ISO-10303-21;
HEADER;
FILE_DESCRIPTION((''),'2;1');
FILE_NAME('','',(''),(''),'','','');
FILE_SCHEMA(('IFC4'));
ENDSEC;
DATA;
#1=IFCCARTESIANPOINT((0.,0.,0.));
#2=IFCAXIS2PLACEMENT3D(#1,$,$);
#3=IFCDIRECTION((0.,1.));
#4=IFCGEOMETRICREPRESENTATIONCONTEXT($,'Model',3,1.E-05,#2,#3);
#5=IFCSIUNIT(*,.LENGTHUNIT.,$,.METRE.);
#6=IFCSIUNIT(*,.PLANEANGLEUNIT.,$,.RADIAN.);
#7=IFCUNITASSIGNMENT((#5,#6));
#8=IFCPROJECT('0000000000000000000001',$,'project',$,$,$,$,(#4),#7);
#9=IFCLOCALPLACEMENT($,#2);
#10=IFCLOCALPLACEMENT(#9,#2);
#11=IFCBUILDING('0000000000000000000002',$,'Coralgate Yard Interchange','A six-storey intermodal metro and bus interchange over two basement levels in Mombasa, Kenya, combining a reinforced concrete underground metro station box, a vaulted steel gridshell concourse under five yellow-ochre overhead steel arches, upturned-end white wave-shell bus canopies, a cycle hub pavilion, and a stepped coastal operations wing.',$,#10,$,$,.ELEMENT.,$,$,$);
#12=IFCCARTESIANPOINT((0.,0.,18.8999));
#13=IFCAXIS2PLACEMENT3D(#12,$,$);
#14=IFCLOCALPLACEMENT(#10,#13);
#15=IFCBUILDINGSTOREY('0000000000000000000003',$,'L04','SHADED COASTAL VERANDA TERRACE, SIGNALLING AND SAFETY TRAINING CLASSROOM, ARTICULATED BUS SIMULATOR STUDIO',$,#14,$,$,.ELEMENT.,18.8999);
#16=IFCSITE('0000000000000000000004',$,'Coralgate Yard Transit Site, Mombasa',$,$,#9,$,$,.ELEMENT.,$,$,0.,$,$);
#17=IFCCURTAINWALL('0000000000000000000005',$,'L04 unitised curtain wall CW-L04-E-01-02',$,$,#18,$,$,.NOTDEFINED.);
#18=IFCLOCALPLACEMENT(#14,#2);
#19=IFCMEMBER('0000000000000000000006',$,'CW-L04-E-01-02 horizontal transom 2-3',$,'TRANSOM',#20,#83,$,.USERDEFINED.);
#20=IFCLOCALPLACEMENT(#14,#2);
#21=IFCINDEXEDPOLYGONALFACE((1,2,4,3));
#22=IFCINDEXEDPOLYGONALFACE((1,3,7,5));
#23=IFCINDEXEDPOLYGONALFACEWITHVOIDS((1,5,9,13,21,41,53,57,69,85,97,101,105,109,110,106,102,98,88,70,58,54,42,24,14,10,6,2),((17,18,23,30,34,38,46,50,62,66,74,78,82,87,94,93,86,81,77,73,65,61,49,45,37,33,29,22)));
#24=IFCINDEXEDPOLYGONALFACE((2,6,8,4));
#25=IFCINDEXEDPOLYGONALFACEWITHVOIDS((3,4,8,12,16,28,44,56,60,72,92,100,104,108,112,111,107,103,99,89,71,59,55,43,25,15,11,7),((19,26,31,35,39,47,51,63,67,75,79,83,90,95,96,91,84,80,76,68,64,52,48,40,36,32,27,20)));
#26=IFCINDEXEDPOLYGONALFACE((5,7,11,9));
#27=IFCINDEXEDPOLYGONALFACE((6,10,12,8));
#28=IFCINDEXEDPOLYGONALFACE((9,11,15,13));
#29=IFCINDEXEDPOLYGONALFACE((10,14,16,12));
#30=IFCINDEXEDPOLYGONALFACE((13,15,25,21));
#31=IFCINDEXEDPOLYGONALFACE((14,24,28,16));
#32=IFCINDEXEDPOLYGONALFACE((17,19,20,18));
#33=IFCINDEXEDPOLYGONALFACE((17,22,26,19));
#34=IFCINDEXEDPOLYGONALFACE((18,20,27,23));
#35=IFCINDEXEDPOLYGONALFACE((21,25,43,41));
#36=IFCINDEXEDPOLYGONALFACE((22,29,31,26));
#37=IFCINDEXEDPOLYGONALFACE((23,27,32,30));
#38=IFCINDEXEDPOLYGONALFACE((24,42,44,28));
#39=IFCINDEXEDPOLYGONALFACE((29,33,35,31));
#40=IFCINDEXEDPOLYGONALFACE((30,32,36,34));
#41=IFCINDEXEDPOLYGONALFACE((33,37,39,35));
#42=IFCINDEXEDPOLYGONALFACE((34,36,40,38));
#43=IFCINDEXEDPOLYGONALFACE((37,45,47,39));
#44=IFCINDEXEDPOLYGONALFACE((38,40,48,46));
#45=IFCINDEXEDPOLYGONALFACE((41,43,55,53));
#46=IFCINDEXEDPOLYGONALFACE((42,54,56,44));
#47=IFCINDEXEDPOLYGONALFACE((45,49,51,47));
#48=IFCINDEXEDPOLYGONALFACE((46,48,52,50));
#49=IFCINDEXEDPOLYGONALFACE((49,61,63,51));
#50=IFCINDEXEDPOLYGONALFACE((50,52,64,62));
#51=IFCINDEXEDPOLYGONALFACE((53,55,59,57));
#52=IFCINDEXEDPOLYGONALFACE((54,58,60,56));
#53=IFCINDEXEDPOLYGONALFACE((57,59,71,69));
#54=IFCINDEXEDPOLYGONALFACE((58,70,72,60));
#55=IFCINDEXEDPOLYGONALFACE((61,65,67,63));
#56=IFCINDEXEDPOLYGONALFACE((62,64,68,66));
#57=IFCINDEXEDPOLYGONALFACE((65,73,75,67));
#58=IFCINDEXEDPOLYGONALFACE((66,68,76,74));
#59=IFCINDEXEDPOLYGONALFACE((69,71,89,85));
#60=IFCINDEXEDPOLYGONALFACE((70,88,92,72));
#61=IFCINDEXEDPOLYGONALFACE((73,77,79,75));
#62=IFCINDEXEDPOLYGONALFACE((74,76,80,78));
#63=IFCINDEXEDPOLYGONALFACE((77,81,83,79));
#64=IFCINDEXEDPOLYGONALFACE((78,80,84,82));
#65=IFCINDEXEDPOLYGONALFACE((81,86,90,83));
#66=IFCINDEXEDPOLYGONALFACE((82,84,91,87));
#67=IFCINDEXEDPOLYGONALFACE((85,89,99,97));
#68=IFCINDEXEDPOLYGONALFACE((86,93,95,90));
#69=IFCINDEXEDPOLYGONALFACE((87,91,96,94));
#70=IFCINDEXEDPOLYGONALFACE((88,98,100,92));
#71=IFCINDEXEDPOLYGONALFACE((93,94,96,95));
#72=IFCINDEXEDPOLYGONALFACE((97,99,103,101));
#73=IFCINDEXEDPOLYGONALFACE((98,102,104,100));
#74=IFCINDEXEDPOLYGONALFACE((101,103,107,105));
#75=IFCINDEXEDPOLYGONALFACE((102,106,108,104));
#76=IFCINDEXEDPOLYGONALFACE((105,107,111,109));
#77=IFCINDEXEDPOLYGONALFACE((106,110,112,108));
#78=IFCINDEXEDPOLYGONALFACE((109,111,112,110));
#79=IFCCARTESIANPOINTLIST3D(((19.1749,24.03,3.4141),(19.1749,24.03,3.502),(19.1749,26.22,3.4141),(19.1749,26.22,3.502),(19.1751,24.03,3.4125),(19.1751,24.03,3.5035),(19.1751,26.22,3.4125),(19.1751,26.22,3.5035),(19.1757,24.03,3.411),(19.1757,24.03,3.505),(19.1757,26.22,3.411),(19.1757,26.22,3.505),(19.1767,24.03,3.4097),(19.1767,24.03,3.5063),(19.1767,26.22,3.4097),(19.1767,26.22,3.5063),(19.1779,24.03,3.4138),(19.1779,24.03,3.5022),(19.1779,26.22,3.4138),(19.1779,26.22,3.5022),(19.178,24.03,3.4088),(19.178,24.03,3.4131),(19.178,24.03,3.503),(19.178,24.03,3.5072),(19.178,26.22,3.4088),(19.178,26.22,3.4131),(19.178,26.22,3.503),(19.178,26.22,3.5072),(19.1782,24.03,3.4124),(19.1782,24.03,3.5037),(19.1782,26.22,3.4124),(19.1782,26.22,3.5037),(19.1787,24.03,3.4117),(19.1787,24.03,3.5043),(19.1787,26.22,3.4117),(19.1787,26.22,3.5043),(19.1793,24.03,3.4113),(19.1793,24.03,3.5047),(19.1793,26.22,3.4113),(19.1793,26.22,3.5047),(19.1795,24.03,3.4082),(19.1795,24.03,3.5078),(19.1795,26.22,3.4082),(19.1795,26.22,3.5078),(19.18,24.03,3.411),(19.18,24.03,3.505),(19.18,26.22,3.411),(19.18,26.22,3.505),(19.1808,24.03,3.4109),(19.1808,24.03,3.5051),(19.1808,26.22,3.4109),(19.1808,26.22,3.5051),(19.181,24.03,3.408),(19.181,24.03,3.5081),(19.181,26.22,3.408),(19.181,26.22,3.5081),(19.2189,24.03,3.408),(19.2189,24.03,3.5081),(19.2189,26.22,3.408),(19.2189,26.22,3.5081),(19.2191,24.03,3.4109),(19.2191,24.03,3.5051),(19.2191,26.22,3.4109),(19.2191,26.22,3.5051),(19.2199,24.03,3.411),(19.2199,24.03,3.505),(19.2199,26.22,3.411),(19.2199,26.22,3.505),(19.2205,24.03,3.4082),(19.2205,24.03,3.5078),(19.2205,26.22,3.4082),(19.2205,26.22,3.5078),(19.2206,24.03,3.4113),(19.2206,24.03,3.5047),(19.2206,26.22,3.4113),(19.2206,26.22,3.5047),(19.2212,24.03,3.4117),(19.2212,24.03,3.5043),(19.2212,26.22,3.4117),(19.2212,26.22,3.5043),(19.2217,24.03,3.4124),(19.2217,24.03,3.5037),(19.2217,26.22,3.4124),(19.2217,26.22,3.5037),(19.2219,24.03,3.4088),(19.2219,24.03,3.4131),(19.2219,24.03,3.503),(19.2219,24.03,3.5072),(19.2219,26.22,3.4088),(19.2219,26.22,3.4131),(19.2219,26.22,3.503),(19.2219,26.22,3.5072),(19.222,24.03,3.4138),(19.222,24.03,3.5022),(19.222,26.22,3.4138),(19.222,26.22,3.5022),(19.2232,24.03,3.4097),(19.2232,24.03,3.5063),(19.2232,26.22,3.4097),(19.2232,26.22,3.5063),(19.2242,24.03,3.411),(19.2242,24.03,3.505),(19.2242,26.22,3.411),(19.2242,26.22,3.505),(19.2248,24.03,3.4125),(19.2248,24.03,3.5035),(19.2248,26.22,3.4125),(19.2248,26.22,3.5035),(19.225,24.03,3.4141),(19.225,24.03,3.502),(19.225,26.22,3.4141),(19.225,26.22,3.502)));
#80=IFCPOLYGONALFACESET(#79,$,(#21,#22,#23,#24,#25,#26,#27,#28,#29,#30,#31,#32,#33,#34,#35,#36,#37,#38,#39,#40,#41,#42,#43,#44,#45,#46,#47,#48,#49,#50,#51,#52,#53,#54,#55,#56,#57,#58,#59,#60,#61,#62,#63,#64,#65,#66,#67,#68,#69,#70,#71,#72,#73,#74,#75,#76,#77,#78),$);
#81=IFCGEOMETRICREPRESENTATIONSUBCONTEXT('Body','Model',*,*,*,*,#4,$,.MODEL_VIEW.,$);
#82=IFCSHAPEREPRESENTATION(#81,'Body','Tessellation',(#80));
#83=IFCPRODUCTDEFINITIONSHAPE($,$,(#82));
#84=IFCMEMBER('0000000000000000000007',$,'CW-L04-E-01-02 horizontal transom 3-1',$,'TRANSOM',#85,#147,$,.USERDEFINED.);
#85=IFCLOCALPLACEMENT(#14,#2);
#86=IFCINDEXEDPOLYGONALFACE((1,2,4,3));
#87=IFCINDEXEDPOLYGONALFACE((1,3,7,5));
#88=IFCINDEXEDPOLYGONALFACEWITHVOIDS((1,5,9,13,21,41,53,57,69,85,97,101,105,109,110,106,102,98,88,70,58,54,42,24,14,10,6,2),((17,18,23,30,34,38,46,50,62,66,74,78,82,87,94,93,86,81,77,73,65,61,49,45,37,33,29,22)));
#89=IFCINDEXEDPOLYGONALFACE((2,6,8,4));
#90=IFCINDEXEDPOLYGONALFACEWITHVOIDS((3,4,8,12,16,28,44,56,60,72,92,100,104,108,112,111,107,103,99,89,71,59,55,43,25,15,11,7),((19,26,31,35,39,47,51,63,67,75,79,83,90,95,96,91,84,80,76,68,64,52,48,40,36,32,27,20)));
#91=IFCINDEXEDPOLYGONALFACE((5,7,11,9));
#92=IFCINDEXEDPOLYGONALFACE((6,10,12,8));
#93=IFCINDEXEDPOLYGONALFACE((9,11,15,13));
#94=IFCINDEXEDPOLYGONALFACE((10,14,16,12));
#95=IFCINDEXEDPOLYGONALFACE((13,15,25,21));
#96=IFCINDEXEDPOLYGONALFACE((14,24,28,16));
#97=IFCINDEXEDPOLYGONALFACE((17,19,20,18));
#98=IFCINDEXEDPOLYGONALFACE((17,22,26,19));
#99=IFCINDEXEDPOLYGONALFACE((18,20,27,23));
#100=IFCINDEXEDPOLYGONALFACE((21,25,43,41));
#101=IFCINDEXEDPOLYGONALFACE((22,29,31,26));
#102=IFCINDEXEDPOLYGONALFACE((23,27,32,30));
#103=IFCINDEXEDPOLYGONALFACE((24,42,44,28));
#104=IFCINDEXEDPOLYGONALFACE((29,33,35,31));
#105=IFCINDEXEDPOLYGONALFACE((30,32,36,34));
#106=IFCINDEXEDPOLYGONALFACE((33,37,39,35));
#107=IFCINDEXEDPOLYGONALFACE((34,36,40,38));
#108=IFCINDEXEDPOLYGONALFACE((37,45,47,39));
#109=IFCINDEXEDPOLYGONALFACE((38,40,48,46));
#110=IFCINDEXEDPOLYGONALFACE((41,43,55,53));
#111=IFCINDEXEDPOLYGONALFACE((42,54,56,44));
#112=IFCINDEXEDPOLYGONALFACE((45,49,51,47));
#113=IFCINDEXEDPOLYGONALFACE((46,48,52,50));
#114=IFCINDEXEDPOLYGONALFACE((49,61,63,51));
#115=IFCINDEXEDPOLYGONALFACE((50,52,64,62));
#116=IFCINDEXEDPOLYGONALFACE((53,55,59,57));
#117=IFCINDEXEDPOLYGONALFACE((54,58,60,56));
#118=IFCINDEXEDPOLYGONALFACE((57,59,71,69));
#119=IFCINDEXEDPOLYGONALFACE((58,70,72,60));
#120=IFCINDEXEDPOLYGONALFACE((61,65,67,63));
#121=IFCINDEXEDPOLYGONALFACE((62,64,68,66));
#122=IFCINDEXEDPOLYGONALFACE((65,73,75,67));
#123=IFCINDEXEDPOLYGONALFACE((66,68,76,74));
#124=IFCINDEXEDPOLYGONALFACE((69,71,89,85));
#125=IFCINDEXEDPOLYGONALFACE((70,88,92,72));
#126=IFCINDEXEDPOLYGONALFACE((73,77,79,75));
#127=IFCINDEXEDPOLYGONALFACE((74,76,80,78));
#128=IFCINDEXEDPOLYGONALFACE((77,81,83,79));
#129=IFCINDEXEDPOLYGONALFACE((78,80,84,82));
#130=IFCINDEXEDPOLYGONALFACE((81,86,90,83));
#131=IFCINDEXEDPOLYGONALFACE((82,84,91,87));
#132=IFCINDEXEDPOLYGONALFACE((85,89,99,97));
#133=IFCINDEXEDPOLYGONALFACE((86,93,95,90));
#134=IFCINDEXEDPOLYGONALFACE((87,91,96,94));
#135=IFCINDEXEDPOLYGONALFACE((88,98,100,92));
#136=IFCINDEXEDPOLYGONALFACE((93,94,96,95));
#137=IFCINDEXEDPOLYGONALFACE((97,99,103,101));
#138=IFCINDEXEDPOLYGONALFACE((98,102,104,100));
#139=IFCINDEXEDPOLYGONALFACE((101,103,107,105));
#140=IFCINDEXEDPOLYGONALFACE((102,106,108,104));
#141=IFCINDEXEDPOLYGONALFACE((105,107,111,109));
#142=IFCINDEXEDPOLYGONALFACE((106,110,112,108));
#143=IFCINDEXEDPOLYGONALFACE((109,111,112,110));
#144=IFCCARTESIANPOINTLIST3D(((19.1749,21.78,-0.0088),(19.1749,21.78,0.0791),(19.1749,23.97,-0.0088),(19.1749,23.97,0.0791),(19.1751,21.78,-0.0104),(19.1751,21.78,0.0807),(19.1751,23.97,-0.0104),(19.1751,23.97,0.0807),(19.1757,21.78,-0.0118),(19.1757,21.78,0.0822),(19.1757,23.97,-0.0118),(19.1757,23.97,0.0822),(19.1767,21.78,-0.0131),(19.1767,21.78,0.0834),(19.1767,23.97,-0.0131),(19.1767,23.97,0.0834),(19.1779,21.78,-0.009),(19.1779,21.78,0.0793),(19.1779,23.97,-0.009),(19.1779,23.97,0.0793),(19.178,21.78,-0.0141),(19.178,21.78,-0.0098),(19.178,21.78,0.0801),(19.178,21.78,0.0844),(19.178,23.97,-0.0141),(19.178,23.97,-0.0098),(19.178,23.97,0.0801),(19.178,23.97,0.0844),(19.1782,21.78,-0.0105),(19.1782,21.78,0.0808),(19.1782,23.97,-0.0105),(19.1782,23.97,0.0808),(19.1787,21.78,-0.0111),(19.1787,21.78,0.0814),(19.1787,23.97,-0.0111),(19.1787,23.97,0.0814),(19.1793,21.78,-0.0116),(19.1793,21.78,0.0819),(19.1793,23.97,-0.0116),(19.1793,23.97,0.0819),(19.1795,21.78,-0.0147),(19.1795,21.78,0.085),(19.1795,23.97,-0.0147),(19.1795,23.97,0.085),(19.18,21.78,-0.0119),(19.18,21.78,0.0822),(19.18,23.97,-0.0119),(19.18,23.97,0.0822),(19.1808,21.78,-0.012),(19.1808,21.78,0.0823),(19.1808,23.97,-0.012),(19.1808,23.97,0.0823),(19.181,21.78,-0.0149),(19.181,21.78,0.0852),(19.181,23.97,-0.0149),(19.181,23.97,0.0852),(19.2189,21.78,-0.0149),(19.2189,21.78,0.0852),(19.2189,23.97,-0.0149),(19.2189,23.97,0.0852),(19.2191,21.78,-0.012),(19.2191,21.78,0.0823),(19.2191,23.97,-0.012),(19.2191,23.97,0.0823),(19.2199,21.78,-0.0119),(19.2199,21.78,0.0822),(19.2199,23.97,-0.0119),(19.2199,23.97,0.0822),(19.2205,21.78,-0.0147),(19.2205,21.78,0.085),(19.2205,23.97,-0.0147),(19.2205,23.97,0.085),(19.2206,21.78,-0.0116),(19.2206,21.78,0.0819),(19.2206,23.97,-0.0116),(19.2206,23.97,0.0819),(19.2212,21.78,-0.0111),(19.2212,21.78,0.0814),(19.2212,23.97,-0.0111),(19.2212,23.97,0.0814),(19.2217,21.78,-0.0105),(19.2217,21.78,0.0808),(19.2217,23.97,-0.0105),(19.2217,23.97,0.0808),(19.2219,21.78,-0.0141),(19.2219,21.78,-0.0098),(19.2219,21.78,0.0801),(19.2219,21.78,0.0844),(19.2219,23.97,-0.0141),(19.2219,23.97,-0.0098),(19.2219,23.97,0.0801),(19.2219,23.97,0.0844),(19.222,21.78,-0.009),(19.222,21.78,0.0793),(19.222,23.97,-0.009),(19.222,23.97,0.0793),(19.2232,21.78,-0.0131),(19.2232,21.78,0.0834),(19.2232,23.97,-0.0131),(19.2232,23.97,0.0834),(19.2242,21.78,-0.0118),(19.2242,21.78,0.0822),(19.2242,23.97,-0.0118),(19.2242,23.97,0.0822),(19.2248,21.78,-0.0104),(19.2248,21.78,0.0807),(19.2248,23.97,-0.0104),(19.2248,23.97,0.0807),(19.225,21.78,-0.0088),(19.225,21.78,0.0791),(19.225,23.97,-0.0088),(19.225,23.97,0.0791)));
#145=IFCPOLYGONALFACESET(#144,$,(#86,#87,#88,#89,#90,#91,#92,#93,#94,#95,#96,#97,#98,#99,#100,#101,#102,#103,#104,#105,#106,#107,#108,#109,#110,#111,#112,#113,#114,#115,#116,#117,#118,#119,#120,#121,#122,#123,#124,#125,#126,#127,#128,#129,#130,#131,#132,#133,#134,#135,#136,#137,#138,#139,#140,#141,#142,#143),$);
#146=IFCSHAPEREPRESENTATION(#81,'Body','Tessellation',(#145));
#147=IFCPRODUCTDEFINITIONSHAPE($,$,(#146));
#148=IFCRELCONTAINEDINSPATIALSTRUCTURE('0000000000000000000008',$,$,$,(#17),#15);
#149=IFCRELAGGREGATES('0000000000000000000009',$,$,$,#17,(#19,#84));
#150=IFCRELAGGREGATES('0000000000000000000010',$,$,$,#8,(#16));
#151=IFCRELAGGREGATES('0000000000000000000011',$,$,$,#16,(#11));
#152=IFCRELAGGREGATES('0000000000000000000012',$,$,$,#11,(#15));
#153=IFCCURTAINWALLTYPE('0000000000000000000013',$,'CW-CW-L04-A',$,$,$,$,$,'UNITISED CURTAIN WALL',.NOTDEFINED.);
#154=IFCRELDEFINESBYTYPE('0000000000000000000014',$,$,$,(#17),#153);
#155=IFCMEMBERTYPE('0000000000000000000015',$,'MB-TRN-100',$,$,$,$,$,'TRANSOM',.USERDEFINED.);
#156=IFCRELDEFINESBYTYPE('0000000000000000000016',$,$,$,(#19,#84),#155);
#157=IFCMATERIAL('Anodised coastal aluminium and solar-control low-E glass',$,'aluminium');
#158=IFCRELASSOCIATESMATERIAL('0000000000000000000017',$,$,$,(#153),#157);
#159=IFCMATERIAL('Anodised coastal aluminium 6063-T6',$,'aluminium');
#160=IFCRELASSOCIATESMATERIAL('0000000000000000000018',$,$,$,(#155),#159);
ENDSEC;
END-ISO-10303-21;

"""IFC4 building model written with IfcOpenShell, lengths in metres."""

from ifc_helpers import new_model, si_unit, direction, frame, origin, origin_2d, place, context, subcontext, project, spatial, hollow_rectangle, extrude, material, material_profile, profile_set, type_object, element, aggregate, save


model = new_model("IFC4")

# Units and contexts
model_context = context("Model", 3, precision=1e-05, world=origin(), true_north=direction((0.0, 1.0)))
body_context = subcontext(model_context, "Body", "Model", "MODEL_VIEW")
ifc_project = project(units=[si_unit("LENGTHUNIT", "METRE"), si_unit("PLANEANGLEUNIT", "RADIAN")], contexts=[model_context])

# Site, building, storey
site_placement = place(None, origin())
site = spatial("IfcSite", under=ifc_project, at=site_placement, Name="Coralgate Yard Transit Site, Mombasa", CompositionType="ELEMENT", RefElevation=0.0)
building_placement = place(site_placement, origin())
building = spatial("IfcBuilding", under=site, at=building_placement, Name="Coralgate Yard Interchange", Description="A six-storey intermodal metro and bus interchange over two basement levels in Mombasa, Kenya, combining a reinforced concrete underground metro station box, a vaulted steel gridshell concourse under five yellow-ochre overhead steel arches, upturned-end white wave-shell bus canopies, a cycle hub pavilion, and a stepped coastal operations wing.", CompositionType="ELEMENT")
storey_placement = place(building_placement, frame((0.0, 0.0, 18.8999)))
storey = spatial("IfcBuildingStorey", under=building, at=storey_placement, Name="L04", Description="SHADED COASTAL VERANDA TERRACE, SIGNALLING AND SAFETY TRAINING CLASSROOM, ARTICULATED BUS SIMULATOR STUDIO", CompositionType="ELEMENT", Elevation=18.8999)

# Curtain wall, members
ifc_material_1 = material(Name="Anodised coastal aluminium and solar-control low-E glass", Category="aluminium")
curtain_wall_type = type_object("IfcCurtainWallType", Name="CW-CW-L04-A", ElementType="UNITISED CURTAIN WALL", PredefinedType="NOTDEFINED", material=ifc_material_1)
curtain_wall_placement = place(storey_placement, origin())
curtain_wall = element("IfcCurtainWall", 1, at=curtain_wall_placement, inside=storey, type_object=curtain_wall_type, Name="L04 unitised curtain wall CW-L04-E-01-02", PredefinedType="NOTDEFINED")
ifc_material_2 = material(Name="Anodised coastal aluminium 6063-T6", Category="aluminium")
ifc_material_profile_1 = material_profile(ifc_material_2, hollow_rectangle(XDim=0.05, YDim=0.1001, WallThickness=0.0029, InnerFilletRadius=0.0029, OuterFilletRadius=0.0061, at=origin_2d()), Name="ALU 50x100x3")
ifc_profile_set_1 = profile_set([ifc_material_profile_1], Name="Anodised coastal aluminium 6063-T6")
member_type_1 = type_object("IfcMemberType", Name="MB-TRN-100", ElementType="TRANSOM", PredefinedType="USERDEFINED", material=ifc_profile_set_1)
member_1_placement = place(storey_placement, frame((19.2, 26.22, 3.458), z_axis=(0.0, -1.0, 0.0), x_axis=(1.0, 0.0, 0.0)))
member_1 = element("IfcMember", 2, at=member_1_placement, type_object=member_type_1, Name="CW-L04-E-01-02 horizontal transom 2-3", ObjectType="TRANSOM", PredefinedType="USERDEFINED", context=body_context, shape_type="SweptSolid", body=[
    extrude(hollow_rectangle(XDim=0.05, YDim=0.1001, WallThickness=0.0029, InnerFilletRadius=0.0029, OuterFilletRadius=0.0061, at=origin_2d()), origin(), (0.0, 0.0, 1.0), 2.1899),
])
member_2_placement = place(storey_placement, frame((19.2, 23.97, 0.0352), z_axis=(0.0, -1.0, 0.0), x_axis=(1.0, 0.0, 0.0)))
member_2 = element("IfcMember", 3, at=member_2_placement, type_object=member_type_1, Name="CW-L04-E-01-02 horizontal transom 3-1", ObjectType="TRANSOM", PredefinedType="USERDEFINED", context=body_context, shape_type="SweptSolid", body=[
    extrude(hollow_rectangle(XDim=0.05, YDim=0.1001, WallThickness=0.0029, InnerFilletRadius=0.0029, OuterFilletRadius=0.0061, at=origin_2d()), origin(), (0.0, 0.0, 1.0), 2.1899),
])
aggregate(curtain_wall, [member_1, member_2])

save(model, "model.ifc")
